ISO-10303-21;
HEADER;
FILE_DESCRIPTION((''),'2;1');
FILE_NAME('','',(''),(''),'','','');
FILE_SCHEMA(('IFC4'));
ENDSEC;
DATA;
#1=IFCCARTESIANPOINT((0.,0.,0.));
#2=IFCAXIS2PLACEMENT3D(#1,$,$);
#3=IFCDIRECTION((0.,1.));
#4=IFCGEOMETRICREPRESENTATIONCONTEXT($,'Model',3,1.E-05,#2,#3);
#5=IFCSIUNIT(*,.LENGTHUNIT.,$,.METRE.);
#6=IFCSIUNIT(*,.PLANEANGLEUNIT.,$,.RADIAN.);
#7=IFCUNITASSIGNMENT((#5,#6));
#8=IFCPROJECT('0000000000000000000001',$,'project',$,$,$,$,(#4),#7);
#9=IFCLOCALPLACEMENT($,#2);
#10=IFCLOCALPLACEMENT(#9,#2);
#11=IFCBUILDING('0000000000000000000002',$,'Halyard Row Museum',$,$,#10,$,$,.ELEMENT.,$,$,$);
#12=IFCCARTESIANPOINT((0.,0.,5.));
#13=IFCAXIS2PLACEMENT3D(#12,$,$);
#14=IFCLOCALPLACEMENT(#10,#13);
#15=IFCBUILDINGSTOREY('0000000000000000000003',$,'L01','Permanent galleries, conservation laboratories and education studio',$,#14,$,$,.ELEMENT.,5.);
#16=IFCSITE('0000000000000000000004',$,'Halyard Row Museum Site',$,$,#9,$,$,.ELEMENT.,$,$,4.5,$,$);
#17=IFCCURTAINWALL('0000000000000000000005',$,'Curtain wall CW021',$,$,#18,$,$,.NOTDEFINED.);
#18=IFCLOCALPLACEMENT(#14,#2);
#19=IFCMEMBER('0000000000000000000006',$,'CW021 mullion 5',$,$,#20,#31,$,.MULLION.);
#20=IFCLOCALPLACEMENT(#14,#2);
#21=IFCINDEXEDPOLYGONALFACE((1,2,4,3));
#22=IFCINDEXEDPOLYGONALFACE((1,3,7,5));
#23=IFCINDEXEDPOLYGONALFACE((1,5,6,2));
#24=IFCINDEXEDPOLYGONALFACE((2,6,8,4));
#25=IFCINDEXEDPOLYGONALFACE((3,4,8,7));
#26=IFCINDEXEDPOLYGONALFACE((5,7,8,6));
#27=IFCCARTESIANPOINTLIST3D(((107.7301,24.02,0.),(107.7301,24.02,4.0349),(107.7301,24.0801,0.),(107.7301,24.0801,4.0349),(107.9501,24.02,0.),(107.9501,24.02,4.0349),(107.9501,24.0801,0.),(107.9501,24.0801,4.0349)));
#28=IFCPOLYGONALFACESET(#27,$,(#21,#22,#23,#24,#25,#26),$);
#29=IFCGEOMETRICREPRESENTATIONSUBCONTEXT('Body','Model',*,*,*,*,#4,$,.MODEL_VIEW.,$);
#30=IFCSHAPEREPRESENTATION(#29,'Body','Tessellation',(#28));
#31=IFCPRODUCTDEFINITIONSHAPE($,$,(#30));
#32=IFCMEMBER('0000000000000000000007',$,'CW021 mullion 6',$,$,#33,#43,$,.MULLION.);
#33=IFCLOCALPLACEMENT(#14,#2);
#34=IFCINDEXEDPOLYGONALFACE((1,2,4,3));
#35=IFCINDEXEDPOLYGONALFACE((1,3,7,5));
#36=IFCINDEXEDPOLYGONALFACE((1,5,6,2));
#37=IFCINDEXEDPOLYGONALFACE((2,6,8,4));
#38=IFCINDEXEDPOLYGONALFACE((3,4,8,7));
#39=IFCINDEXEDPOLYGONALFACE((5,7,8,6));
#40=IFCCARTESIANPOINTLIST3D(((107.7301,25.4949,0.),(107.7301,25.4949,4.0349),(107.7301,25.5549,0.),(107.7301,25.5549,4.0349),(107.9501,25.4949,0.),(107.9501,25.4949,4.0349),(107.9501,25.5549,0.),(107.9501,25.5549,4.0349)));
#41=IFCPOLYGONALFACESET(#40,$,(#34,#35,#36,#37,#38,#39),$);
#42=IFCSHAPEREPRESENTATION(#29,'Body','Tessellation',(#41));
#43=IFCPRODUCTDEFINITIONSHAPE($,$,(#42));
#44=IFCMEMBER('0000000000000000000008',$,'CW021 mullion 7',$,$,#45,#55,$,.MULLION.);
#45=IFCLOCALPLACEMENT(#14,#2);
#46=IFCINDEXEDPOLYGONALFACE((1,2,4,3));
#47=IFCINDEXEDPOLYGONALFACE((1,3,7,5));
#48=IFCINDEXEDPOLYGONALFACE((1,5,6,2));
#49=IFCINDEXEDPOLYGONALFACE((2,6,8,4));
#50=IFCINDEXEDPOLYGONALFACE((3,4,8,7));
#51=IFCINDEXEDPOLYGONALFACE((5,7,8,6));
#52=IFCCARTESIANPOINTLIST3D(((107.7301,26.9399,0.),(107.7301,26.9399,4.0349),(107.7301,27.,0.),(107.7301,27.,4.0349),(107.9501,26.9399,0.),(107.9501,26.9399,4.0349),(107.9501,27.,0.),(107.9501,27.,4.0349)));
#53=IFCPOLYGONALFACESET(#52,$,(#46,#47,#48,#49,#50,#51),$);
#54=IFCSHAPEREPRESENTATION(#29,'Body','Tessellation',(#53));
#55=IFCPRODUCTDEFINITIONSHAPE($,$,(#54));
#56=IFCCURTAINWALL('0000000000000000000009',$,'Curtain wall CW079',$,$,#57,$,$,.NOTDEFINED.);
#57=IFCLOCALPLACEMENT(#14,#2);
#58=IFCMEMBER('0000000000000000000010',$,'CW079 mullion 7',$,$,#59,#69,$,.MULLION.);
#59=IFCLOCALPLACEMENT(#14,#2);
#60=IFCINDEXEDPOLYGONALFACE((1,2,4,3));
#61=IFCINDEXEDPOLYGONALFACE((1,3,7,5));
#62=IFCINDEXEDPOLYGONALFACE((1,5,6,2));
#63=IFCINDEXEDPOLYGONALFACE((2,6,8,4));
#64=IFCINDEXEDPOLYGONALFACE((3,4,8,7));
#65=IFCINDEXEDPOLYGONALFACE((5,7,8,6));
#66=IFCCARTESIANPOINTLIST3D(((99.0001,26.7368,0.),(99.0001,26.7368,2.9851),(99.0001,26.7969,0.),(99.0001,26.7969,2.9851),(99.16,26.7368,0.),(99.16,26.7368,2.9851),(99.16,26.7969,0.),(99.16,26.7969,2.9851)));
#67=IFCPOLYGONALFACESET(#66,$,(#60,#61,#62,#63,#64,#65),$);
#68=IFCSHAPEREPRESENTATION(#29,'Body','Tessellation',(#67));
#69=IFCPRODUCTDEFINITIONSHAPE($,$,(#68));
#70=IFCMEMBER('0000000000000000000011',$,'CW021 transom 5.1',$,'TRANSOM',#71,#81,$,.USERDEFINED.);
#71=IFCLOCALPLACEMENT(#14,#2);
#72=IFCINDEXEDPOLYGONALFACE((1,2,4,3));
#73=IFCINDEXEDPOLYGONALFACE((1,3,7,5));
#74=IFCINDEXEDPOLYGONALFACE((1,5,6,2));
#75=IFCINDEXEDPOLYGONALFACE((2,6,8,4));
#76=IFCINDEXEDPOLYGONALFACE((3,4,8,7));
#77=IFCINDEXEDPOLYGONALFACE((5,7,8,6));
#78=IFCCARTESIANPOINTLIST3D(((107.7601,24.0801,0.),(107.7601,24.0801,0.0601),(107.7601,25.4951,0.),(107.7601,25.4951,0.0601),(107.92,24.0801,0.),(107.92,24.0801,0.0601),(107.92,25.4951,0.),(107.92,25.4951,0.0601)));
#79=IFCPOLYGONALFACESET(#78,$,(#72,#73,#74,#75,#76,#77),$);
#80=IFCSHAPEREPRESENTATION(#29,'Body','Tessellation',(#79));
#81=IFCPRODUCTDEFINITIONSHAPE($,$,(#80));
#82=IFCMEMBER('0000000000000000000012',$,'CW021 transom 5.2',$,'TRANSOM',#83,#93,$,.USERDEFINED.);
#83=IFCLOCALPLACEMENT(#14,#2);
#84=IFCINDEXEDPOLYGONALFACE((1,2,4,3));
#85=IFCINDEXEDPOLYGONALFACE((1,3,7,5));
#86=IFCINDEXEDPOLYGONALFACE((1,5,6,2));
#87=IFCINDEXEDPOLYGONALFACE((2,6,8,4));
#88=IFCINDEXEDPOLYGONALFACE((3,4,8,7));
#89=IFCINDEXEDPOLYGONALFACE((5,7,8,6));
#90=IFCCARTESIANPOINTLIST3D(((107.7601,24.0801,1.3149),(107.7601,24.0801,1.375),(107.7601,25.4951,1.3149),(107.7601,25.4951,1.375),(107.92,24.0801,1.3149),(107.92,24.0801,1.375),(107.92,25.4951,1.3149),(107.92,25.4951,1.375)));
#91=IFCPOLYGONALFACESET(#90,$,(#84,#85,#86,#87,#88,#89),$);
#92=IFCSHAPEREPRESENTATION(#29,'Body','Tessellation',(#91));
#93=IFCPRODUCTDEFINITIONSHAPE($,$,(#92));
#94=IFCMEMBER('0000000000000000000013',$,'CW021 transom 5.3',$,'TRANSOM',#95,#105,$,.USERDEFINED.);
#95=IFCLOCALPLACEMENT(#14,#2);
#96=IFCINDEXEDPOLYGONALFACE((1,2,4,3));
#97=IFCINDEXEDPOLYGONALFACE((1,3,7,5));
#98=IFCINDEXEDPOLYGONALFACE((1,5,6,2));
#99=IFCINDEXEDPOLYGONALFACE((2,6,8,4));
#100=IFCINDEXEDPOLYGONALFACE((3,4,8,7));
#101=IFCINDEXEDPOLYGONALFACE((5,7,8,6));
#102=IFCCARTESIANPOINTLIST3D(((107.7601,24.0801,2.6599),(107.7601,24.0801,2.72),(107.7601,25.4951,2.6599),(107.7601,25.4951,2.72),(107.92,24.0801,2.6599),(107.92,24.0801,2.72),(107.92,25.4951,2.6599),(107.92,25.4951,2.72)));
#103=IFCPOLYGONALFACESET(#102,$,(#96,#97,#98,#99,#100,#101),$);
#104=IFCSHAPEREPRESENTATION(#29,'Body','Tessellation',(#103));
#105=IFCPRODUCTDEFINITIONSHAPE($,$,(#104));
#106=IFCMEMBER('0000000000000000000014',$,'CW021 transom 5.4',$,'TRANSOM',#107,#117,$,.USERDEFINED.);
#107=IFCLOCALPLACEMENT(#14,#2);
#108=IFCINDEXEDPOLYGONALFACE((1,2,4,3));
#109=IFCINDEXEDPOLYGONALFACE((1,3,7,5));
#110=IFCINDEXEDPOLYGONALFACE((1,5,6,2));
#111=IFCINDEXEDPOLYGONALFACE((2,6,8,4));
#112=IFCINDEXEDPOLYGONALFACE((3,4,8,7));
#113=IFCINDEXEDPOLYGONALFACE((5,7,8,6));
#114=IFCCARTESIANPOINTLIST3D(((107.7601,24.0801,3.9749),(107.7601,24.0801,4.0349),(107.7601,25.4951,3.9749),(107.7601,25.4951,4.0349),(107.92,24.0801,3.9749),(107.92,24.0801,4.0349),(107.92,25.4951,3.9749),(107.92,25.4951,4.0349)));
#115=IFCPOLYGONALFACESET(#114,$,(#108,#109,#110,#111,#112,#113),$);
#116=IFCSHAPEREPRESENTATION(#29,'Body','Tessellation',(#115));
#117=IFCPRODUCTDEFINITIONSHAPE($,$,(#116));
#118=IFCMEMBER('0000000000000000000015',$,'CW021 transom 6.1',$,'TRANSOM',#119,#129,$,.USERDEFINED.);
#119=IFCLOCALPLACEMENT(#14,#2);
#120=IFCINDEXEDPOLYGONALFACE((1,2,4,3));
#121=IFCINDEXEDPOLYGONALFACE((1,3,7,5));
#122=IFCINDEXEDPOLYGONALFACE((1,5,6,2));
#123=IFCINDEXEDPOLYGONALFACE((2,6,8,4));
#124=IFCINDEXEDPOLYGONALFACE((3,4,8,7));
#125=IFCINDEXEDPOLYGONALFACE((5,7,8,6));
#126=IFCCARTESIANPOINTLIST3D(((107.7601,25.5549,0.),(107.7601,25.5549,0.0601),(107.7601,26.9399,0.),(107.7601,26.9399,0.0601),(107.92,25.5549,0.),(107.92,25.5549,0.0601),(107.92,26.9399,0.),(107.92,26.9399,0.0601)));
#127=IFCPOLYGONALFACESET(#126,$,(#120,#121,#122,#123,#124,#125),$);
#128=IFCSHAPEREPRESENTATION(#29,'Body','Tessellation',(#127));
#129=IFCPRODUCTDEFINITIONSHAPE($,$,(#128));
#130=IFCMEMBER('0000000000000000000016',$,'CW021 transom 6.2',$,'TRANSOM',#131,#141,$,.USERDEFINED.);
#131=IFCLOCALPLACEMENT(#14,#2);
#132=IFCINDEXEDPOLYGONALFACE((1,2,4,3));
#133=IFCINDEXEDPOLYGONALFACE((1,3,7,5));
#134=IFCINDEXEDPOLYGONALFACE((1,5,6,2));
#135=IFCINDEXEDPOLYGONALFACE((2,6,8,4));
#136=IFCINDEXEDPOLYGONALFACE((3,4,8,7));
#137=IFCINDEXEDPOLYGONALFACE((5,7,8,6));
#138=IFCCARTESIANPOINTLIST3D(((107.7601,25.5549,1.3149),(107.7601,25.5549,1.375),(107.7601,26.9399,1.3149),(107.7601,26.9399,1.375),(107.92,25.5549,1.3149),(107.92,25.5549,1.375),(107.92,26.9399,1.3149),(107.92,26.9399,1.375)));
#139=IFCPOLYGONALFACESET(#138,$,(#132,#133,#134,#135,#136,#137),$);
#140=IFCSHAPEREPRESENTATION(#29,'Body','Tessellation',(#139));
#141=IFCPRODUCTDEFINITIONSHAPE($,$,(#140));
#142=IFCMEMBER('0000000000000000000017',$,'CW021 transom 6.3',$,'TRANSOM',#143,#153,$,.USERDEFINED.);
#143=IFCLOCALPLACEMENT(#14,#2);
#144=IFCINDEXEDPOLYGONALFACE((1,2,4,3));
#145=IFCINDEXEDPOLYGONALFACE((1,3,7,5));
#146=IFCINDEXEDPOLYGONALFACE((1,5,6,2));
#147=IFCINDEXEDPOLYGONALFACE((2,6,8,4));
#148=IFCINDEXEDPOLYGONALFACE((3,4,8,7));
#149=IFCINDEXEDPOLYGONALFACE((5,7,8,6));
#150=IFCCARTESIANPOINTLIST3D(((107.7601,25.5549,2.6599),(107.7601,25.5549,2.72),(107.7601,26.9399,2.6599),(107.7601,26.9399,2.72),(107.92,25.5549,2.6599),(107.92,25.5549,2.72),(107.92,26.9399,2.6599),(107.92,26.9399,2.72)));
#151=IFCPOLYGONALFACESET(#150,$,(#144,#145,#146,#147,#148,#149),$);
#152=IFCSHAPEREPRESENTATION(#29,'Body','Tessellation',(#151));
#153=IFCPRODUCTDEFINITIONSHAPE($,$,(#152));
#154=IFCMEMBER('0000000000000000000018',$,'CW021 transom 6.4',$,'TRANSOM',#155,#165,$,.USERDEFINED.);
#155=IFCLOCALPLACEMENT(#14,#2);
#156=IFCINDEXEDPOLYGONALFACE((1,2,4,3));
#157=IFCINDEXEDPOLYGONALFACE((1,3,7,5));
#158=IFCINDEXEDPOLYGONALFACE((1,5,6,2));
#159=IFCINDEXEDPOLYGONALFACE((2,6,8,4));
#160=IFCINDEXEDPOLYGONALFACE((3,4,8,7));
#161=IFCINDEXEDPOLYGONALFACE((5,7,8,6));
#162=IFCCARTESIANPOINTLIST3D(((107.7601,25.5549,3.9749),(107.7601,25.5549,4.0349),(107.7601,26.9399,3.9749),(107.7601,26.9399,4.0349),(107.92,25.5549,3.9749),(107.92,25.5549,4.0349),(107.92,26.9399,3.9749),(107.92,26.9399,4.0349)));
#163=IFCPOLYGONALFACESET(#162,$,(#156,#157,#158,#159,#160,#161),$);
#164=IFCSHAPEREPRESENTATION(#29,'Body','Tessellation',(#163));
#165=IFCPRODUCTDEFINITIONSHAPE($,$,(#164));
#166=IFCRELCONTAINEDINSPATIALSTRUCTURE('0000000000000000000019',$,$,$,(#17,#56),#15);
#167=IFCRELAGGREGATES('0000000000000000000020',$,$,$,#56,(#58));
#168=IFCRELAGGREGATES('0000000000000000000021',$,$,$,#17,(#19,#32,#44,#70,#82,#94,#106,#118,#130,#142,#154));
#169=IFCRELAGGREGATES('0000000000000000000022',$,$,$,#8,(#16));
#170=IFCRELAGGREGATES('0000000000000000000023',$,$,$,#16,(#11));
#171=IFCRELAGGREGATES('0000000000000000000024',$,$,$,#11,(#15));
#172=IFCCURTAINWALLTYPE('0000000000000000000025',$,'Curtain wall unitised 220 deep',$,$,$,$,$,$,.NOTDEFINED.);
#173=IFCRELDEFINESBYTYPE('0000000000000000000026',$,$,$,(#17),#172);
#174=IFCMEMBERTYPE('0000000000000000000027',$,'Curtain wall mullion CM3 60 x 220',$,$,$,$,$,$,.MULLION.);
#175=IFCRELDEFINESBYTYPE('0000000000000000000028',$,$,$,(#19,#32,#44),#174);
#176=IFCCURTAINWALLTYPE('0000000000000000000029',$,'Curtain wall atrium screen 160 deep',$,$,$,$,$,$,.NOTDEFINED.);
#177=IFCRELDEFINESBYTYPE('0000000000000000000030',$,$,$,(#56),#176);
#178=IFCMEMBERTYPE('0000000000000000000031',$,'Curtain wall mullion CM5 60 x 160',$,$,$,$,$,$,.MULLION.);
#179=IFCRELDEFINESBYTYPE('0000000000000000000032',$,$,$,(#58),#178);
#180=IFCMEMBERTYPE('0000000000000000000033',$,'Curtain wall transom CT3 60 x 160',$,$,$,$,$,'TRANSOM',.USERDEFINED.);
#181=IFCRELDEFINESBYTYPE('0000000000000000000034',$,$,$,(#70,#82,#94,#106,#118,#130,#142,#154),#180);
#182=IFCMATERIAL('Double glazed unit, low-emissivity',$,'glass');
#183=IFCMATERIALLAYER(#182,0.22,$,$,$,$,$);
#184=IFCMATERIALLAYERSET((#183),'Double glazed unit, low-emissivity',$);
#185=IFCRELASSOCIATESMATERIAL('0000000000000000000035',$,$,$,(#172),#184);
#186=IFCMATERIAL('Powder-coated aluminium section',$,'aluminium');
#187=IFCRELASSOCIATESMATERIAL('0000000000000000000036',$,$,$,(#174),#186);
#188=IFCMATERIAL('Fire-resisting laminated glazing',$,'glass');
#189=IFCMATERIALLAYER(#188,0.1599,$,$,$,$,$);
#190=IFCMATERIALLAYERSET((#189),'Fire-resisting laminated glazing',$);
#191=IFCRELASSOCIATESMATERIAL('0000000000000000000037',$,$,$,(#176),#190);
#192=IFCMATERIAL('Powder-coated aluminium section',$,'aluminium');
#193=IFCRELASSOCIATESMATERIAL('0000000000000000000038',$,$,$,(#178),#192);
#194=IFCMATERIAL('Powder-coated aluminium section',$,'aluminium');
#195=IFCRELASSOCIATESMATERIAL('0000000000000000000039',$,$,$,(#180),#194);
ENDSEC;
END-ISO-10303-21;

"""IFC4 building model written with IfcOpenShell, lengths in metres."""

from ifc_helpers import new_model, si_unit, direction, frame, origin, origin_2d, place, context, subcontext, project, spatial, rectangle, extrude, material, layer, layer_set, material_profile, profile_set, type_object, element, aggregate, save


model = new_model("IFC4")

# Units and contexts
model_context = context("Model", 3, precision=1e-05, world=origin(), true_north=direction((0.0, 1.0)))
body_context = subcontext(model_context, "Body", "Model", "MODEL_VIEW")
ifc_project = project(units=[si_unit("LENGTHUNIT", "METRE"), si_unit("PLANEANGLEUNIT", "RADIAN")], contexts=[model_context])

# Site, building, storey
site_placement = place(None, origin())
site = spatial("IfcSite", under=ifc_project, at=site_placement, Name="Halyard Row Museum Site", CompositionType="ELEMENT", RefElevation=4.5)
building_placement = place(site_placement, origin())
building = spatial("IfcBuilding", under=site, at=building_placement, Name="Halyard Row Museum", CompositionType="ELEMENT")
storey_placement = place(building_placement, frame((0.0, 0.0, 5.0)))
storey = spatial("IfcBuildingStorey", under=building, at=storey_placement, Name="L01", Description="Permanent galleries, conservation laboratories and education studio", CompositionType="ELEMENT", Elevation=5.0)

# Curtain wall, members
ifc_material_1 = material(Name="Double glazed unit, low-emissivity", Category="glass")
ifc_layer_1 = layer(ifc_material_1, 0.22)
ifc_layer_set_1 = layer_set([ifc_layer_1], Name="Double glazed unit, low-emissivity")
curtain_wall_type_1 = type_object("IfcCurtainWallType", Name="Curtain wall unitised 220 deep", PredefinedType="NOTDEFINED", material=ifc_layer_set_1)
curtain_wall_1_placement = place(storey_placement, origin())
curtain_wall_1 = element("IfcCurtainWall", 1, at=curtain_wall_1_placement, inside=storey, type_object=curtain_wall_type_1, Name="Curtain wall CW021", PredefinedType="NOTDEFINED")
ifc_material_2 = material(Name="Powder-coated aluminium section", Category="aluminium")
ifc_material_profile_1 = material_profile(ifc_material_2, rectangle(XDim=0.22, YDim=0.0601, at=origin_2d()), Name="220x60 mullion")
ifc_profile_set_1 = profile_set([ifc_material_profile_1], Name="Powder-coated aluminium section")
member_type_1 = type_object("IfcMemberType", Name="Curtain wall mullion CM3 60 x 220", PredefinedType="MULLION", material=ifc_profile_set_1)
member_1_placement = place(storey_placement, frame((107.8401, 24.05, 0.0), z_axis=(0.0, 0.0, 1.0), x_axis=(-1.0, 0.0, 0.0)))
member_1 = element("IfcMember", 2, at=member_1_placement, type_object=member_type_1, Name="CW021 mullion 5", PredefinedType="MULLION", context=body_context, shape_type="SweptSolid", body=[
    extrude(rectangle(XDim=0.22, YDim=0.0601, at=origin_2d()), origin(), (0.0, 0.0, 1.0), 4.0349),
])
member_2_placement = place(storey_placement, frame((107.8401, 25.5249, 0.0), z_axis=(0.0, 0.0, 1.0), x_axis=(-1.0, 0.0, 0.0)))
member_2 = element("IfcMember", 3, at=member_2_placement, type_object=member_type_1, Name="CW021 mullion 6", PredefinedType="MULLION", context=body_context, shape_type="SweptSolid", body=[
    extrude(rectangle(XDim=0.22, YDim=0.0601, at=origin_2d()), origin(), (0.0, 0.0, 1.0), 4.0349),
])
member_3_placement = place(storey_placement, frame((107.8401, 26.97, 0.0), z_axis=(0.0, 0.0, 1.0), x_axis=(-1.0, 0.0, 0.0)))
member_3 = element("IfcMember", 4, at=member_3_placement, type_object=member_type_1, Name="CW021 mullion 7", PredefinedType="MULLION", context=body_context, shape_type="SweptSolid", body=[
    extrude(rectangle(XDim=0.22, YDim=0.0601, at=origin_2d()), origin(), (0.0, 0.0, 1.0), 4.0349),
])

# Curtain wall, member
ifc_material_3 = material(Name="Fire-resisting laminated glazing", Category="glass")
ifc_layer_2 = layer(ifc_material_3, 0.1599)
ifc_layer_set_2 = layer_set([ifc_layer_2], Name="Fire-resisting laminated glazing")
curtain_wall_type_2 = type_object("IfcCurtainWallType", Name="Curtain wall atrium screen 160 deep", PredefinedType="NOTDEFINED", material=ifc_layer_set_2)
curtain_wall_2_placement = place(storey_placement, origin())
curtain_wall_2 = element("IfcCurtainWall", 5, at=curtain_wall_2_placement, inside=storey, type_object=curtain_wall_type_2, Name="Curtain wall CW079", PredefinedType="NOTDEFINED")
ifc_material_4 = material(Name="Powder-coated aluminium section", Category="aluminium")
ifc_material_profile_2 = material_profile(ifc_material_4, rectangle(XDim=0.1599, YDim=0.0601, at=origin_2d()), Name="160x60 mullion")
ifc_profile_set_2 = profile_set([ifc_material_profile_2], Name="Powder-coated aluminium section")
member_type_2 = type_object("IfcMemberType", Name="Curtain wall mullion CM5 60 x 160", PredefinedType="MULLION", material=ifc_profile_set_2)
member_4_placement = place(storey_placement, frame((99.0801, 26.7668, 0.0), z_axis=(0.0, 0.0, 1.0), x_axis=(-1.0, 0.0, 0.0)))
member_4 = element("IfcMember", 6, at=member_4_placement, type_object=member_type_2, Name="CW079 mullion 7", PredefinedType="MULLION", context=body_context, shape_type="SweptSolid", body=[
    extrude(rectangle(XDim=0.1599, YDim=0.0601, at=origin_2d()), origin(), (0.0, 0.0, 1.0), 2.9851),
])
aggregate(curtain_wall_2, [member_4])

# Members
ifc_material_5 = material(Name="Powder-coated aluminium section", Category="aluminium")
ifc_material_profile_3 = material_profile(ifc_material_5, rectangle(XDim=0.1599, YDim=0.0601, at=origin_2d()), Name="160x60 transom")
ifc_profile_set_3 = profile_set([ifc_material_profile_3], Name="Powder-coated aluminium section")
member_type_3 = type_object("IfcMemberType", Name="Curtain wall transom CT3 60 x 160", ElementType="TRANSOM", PredefinedType="USERDEFINED", material=ifc_profile_set_3)
member_5_placement = place(storey_placement, frame((107.8401, 24.0801, 0.03), z_axis=(0.0, 1.0, 0.0), x_axis=(-1.0, 0.0, 0.0)))
member_5 = element("IfcMember", 7, at=member_5_placement, type_object=member_type_3, Name="CW021 transom 5.1", ObjectType="TRANSOM", PredefinedType="USERDEFINED", context=body_context, shape_type="SweptSolid", body=[
    extrude(rectangle(XDim=0.1599, YDim=0.0601, at=origin_2d()), origin(), (0.0, 0.0, 1.0), 1.415),
])
member_6_placement = place(storey_placement, frame((107.8401, 24.0801, 1.345), z_axis=(0.0, 1.0, 0.0), x_axis=(-1.0, 0.0, 0.0)))
member_6 = element("IfcMember", 8, at=member_6_placement, type_object=member_type_3, Name="CW021 transom 5.2", ObjectType="TRANSOM", PredefinedType="USERDEFINED", context=body_context, shape_type="SweptSolid", body=[
    extrude(rectangle(XDim=0.1599, YDim=0.0601, at=origin_2d()), origin(), (0.0, 0.0, 1.0), 1.415),
])
member_7_placement = place(storey_placement, frame((107.8401, 24.0801, 2.6899), z_axis=(0.0, 1.0, 0.0), x_axis=(-1.0, 0.0, 0.0)))
member_7 = element("IfcMember", 9, at=member_7_placement, type_object=member_type_3, Name="CW021 transom 5.3", ObjectType="TRANSOM", PredefinedType="USERDEFINED", context=body_context, shape_type="SweptSolid", body=[
    extrude(rectangle(XDim=0.1599, YDim=0.0601, at=origin_2d()), origin(), (0.0, 0.0, 1.0), 1.415),
])
member_8_placement = place(storey_placement, frame((107.8401, 24.0801, 4.0049), z_axis=(0.0, 1.0, 0.0), x_axis=(-1.0, 0.0, 0.0)))
member_8 = element("IfcMember", 10, at=member_8_placement, type_object=member_type_3, Name="CW021 transom 5.4", ObjectType="TRANSOM", PredefinedType="USERDEFINED", context=body_context, shape_type="SweptSolid", body=[
    extrude(rectangle(XDim=0.1599, YDim=0.0601, at=origin_2d()), origin(), (0.0, 0.0, 1.0), 1.415),
])
member_9_placement = place(storey_placement, frame((107.8401, 25.5549, 0.03), z_axis=(0.0, 1.0, 0.0), x_axis=(-1.0, 0.0, 0.0)))
member_9 = element("IfcMember", 11, at=member_9_placement, type_object=member_type_3, Name="CW021 transom 6.1", ObjectType="TRANSOM", PredefinedType="USERDEFINED", context=body_context, shape_type="SweptSolid", body=[
    extrude(rectangle(XDim=0.1599, YDim=0.0601, at=origin_2d()), origin(), (0.0, 0.0, 1.0), 1.385),
])
member_10_placement = place(storey_placement, frame((107.8401, 25.5549, 1.345), z_axis=(0.0, 1.0, 0.0), x_axis=(-1.0, 0.0, 0.0)))
member_10 = element("IfcMember", 12, at=member_10_placement, type_object=member_type_3, Name="CW021 transom 6.2", ObjectType="TRANSOM", PredefinedType="USERDEFINED", context=body_context, shape_type="SweptSolid", body=[
    extrude(rectangle(XDim=0.1599, YDim=0.0601, at=origin_2d()), origin(), (0.0, 0.0, 1.0), 1.385),
])
member_11_placement = place(storey_placement, frame((107.8401, 25.5549, 2.6899), z_axis=(0.0, 1.0, 0.0), x_axis=(-1.0, 0.0, 0.0)))
member_11 = element("IfcMember", 13, at=member_11_placement, type_object=member_type_3, Name="CW021 transom 6.3", ObjectType="TRANSOM", PredefinedType="USERDEFINED", context=body_context, shape_type="SweptSolid", body=[
    extrude(rectangle(XDim=0.1599, YDim=0.0601, at=origin_2d()), origin(), (0.0, 0.0, 1.0), 1.385),
])
member_12_placement = place(storey_placement, frame((107.8401, 25.5549, 4.0049), z_axis=(0.0, 1.0, 0.0), x_axis=(-1.0, 0.0, 0.0)))
member_12 = element("IfcMember", 14, at=member_12_placement, type_object=member_type_3, Name="CW021 transom 6.4", ObjectType="TRANSOM", PredefinedType="USERDEFINED", context=body_context, shape_type="SweptSolid", body=[
    extrude(rectangle(XDim=0.1599, YDim=0.0601, at=origin_2d()), origin(), (0.0, 0.0, 1.0), 1.385),
])

aggregate(curtain_wall_1, [member_1, member_2, member_3, member_5, member_6, member_7, member_8, member_9, member_10, member_11, member_12])

save(model, "model.ifc")
